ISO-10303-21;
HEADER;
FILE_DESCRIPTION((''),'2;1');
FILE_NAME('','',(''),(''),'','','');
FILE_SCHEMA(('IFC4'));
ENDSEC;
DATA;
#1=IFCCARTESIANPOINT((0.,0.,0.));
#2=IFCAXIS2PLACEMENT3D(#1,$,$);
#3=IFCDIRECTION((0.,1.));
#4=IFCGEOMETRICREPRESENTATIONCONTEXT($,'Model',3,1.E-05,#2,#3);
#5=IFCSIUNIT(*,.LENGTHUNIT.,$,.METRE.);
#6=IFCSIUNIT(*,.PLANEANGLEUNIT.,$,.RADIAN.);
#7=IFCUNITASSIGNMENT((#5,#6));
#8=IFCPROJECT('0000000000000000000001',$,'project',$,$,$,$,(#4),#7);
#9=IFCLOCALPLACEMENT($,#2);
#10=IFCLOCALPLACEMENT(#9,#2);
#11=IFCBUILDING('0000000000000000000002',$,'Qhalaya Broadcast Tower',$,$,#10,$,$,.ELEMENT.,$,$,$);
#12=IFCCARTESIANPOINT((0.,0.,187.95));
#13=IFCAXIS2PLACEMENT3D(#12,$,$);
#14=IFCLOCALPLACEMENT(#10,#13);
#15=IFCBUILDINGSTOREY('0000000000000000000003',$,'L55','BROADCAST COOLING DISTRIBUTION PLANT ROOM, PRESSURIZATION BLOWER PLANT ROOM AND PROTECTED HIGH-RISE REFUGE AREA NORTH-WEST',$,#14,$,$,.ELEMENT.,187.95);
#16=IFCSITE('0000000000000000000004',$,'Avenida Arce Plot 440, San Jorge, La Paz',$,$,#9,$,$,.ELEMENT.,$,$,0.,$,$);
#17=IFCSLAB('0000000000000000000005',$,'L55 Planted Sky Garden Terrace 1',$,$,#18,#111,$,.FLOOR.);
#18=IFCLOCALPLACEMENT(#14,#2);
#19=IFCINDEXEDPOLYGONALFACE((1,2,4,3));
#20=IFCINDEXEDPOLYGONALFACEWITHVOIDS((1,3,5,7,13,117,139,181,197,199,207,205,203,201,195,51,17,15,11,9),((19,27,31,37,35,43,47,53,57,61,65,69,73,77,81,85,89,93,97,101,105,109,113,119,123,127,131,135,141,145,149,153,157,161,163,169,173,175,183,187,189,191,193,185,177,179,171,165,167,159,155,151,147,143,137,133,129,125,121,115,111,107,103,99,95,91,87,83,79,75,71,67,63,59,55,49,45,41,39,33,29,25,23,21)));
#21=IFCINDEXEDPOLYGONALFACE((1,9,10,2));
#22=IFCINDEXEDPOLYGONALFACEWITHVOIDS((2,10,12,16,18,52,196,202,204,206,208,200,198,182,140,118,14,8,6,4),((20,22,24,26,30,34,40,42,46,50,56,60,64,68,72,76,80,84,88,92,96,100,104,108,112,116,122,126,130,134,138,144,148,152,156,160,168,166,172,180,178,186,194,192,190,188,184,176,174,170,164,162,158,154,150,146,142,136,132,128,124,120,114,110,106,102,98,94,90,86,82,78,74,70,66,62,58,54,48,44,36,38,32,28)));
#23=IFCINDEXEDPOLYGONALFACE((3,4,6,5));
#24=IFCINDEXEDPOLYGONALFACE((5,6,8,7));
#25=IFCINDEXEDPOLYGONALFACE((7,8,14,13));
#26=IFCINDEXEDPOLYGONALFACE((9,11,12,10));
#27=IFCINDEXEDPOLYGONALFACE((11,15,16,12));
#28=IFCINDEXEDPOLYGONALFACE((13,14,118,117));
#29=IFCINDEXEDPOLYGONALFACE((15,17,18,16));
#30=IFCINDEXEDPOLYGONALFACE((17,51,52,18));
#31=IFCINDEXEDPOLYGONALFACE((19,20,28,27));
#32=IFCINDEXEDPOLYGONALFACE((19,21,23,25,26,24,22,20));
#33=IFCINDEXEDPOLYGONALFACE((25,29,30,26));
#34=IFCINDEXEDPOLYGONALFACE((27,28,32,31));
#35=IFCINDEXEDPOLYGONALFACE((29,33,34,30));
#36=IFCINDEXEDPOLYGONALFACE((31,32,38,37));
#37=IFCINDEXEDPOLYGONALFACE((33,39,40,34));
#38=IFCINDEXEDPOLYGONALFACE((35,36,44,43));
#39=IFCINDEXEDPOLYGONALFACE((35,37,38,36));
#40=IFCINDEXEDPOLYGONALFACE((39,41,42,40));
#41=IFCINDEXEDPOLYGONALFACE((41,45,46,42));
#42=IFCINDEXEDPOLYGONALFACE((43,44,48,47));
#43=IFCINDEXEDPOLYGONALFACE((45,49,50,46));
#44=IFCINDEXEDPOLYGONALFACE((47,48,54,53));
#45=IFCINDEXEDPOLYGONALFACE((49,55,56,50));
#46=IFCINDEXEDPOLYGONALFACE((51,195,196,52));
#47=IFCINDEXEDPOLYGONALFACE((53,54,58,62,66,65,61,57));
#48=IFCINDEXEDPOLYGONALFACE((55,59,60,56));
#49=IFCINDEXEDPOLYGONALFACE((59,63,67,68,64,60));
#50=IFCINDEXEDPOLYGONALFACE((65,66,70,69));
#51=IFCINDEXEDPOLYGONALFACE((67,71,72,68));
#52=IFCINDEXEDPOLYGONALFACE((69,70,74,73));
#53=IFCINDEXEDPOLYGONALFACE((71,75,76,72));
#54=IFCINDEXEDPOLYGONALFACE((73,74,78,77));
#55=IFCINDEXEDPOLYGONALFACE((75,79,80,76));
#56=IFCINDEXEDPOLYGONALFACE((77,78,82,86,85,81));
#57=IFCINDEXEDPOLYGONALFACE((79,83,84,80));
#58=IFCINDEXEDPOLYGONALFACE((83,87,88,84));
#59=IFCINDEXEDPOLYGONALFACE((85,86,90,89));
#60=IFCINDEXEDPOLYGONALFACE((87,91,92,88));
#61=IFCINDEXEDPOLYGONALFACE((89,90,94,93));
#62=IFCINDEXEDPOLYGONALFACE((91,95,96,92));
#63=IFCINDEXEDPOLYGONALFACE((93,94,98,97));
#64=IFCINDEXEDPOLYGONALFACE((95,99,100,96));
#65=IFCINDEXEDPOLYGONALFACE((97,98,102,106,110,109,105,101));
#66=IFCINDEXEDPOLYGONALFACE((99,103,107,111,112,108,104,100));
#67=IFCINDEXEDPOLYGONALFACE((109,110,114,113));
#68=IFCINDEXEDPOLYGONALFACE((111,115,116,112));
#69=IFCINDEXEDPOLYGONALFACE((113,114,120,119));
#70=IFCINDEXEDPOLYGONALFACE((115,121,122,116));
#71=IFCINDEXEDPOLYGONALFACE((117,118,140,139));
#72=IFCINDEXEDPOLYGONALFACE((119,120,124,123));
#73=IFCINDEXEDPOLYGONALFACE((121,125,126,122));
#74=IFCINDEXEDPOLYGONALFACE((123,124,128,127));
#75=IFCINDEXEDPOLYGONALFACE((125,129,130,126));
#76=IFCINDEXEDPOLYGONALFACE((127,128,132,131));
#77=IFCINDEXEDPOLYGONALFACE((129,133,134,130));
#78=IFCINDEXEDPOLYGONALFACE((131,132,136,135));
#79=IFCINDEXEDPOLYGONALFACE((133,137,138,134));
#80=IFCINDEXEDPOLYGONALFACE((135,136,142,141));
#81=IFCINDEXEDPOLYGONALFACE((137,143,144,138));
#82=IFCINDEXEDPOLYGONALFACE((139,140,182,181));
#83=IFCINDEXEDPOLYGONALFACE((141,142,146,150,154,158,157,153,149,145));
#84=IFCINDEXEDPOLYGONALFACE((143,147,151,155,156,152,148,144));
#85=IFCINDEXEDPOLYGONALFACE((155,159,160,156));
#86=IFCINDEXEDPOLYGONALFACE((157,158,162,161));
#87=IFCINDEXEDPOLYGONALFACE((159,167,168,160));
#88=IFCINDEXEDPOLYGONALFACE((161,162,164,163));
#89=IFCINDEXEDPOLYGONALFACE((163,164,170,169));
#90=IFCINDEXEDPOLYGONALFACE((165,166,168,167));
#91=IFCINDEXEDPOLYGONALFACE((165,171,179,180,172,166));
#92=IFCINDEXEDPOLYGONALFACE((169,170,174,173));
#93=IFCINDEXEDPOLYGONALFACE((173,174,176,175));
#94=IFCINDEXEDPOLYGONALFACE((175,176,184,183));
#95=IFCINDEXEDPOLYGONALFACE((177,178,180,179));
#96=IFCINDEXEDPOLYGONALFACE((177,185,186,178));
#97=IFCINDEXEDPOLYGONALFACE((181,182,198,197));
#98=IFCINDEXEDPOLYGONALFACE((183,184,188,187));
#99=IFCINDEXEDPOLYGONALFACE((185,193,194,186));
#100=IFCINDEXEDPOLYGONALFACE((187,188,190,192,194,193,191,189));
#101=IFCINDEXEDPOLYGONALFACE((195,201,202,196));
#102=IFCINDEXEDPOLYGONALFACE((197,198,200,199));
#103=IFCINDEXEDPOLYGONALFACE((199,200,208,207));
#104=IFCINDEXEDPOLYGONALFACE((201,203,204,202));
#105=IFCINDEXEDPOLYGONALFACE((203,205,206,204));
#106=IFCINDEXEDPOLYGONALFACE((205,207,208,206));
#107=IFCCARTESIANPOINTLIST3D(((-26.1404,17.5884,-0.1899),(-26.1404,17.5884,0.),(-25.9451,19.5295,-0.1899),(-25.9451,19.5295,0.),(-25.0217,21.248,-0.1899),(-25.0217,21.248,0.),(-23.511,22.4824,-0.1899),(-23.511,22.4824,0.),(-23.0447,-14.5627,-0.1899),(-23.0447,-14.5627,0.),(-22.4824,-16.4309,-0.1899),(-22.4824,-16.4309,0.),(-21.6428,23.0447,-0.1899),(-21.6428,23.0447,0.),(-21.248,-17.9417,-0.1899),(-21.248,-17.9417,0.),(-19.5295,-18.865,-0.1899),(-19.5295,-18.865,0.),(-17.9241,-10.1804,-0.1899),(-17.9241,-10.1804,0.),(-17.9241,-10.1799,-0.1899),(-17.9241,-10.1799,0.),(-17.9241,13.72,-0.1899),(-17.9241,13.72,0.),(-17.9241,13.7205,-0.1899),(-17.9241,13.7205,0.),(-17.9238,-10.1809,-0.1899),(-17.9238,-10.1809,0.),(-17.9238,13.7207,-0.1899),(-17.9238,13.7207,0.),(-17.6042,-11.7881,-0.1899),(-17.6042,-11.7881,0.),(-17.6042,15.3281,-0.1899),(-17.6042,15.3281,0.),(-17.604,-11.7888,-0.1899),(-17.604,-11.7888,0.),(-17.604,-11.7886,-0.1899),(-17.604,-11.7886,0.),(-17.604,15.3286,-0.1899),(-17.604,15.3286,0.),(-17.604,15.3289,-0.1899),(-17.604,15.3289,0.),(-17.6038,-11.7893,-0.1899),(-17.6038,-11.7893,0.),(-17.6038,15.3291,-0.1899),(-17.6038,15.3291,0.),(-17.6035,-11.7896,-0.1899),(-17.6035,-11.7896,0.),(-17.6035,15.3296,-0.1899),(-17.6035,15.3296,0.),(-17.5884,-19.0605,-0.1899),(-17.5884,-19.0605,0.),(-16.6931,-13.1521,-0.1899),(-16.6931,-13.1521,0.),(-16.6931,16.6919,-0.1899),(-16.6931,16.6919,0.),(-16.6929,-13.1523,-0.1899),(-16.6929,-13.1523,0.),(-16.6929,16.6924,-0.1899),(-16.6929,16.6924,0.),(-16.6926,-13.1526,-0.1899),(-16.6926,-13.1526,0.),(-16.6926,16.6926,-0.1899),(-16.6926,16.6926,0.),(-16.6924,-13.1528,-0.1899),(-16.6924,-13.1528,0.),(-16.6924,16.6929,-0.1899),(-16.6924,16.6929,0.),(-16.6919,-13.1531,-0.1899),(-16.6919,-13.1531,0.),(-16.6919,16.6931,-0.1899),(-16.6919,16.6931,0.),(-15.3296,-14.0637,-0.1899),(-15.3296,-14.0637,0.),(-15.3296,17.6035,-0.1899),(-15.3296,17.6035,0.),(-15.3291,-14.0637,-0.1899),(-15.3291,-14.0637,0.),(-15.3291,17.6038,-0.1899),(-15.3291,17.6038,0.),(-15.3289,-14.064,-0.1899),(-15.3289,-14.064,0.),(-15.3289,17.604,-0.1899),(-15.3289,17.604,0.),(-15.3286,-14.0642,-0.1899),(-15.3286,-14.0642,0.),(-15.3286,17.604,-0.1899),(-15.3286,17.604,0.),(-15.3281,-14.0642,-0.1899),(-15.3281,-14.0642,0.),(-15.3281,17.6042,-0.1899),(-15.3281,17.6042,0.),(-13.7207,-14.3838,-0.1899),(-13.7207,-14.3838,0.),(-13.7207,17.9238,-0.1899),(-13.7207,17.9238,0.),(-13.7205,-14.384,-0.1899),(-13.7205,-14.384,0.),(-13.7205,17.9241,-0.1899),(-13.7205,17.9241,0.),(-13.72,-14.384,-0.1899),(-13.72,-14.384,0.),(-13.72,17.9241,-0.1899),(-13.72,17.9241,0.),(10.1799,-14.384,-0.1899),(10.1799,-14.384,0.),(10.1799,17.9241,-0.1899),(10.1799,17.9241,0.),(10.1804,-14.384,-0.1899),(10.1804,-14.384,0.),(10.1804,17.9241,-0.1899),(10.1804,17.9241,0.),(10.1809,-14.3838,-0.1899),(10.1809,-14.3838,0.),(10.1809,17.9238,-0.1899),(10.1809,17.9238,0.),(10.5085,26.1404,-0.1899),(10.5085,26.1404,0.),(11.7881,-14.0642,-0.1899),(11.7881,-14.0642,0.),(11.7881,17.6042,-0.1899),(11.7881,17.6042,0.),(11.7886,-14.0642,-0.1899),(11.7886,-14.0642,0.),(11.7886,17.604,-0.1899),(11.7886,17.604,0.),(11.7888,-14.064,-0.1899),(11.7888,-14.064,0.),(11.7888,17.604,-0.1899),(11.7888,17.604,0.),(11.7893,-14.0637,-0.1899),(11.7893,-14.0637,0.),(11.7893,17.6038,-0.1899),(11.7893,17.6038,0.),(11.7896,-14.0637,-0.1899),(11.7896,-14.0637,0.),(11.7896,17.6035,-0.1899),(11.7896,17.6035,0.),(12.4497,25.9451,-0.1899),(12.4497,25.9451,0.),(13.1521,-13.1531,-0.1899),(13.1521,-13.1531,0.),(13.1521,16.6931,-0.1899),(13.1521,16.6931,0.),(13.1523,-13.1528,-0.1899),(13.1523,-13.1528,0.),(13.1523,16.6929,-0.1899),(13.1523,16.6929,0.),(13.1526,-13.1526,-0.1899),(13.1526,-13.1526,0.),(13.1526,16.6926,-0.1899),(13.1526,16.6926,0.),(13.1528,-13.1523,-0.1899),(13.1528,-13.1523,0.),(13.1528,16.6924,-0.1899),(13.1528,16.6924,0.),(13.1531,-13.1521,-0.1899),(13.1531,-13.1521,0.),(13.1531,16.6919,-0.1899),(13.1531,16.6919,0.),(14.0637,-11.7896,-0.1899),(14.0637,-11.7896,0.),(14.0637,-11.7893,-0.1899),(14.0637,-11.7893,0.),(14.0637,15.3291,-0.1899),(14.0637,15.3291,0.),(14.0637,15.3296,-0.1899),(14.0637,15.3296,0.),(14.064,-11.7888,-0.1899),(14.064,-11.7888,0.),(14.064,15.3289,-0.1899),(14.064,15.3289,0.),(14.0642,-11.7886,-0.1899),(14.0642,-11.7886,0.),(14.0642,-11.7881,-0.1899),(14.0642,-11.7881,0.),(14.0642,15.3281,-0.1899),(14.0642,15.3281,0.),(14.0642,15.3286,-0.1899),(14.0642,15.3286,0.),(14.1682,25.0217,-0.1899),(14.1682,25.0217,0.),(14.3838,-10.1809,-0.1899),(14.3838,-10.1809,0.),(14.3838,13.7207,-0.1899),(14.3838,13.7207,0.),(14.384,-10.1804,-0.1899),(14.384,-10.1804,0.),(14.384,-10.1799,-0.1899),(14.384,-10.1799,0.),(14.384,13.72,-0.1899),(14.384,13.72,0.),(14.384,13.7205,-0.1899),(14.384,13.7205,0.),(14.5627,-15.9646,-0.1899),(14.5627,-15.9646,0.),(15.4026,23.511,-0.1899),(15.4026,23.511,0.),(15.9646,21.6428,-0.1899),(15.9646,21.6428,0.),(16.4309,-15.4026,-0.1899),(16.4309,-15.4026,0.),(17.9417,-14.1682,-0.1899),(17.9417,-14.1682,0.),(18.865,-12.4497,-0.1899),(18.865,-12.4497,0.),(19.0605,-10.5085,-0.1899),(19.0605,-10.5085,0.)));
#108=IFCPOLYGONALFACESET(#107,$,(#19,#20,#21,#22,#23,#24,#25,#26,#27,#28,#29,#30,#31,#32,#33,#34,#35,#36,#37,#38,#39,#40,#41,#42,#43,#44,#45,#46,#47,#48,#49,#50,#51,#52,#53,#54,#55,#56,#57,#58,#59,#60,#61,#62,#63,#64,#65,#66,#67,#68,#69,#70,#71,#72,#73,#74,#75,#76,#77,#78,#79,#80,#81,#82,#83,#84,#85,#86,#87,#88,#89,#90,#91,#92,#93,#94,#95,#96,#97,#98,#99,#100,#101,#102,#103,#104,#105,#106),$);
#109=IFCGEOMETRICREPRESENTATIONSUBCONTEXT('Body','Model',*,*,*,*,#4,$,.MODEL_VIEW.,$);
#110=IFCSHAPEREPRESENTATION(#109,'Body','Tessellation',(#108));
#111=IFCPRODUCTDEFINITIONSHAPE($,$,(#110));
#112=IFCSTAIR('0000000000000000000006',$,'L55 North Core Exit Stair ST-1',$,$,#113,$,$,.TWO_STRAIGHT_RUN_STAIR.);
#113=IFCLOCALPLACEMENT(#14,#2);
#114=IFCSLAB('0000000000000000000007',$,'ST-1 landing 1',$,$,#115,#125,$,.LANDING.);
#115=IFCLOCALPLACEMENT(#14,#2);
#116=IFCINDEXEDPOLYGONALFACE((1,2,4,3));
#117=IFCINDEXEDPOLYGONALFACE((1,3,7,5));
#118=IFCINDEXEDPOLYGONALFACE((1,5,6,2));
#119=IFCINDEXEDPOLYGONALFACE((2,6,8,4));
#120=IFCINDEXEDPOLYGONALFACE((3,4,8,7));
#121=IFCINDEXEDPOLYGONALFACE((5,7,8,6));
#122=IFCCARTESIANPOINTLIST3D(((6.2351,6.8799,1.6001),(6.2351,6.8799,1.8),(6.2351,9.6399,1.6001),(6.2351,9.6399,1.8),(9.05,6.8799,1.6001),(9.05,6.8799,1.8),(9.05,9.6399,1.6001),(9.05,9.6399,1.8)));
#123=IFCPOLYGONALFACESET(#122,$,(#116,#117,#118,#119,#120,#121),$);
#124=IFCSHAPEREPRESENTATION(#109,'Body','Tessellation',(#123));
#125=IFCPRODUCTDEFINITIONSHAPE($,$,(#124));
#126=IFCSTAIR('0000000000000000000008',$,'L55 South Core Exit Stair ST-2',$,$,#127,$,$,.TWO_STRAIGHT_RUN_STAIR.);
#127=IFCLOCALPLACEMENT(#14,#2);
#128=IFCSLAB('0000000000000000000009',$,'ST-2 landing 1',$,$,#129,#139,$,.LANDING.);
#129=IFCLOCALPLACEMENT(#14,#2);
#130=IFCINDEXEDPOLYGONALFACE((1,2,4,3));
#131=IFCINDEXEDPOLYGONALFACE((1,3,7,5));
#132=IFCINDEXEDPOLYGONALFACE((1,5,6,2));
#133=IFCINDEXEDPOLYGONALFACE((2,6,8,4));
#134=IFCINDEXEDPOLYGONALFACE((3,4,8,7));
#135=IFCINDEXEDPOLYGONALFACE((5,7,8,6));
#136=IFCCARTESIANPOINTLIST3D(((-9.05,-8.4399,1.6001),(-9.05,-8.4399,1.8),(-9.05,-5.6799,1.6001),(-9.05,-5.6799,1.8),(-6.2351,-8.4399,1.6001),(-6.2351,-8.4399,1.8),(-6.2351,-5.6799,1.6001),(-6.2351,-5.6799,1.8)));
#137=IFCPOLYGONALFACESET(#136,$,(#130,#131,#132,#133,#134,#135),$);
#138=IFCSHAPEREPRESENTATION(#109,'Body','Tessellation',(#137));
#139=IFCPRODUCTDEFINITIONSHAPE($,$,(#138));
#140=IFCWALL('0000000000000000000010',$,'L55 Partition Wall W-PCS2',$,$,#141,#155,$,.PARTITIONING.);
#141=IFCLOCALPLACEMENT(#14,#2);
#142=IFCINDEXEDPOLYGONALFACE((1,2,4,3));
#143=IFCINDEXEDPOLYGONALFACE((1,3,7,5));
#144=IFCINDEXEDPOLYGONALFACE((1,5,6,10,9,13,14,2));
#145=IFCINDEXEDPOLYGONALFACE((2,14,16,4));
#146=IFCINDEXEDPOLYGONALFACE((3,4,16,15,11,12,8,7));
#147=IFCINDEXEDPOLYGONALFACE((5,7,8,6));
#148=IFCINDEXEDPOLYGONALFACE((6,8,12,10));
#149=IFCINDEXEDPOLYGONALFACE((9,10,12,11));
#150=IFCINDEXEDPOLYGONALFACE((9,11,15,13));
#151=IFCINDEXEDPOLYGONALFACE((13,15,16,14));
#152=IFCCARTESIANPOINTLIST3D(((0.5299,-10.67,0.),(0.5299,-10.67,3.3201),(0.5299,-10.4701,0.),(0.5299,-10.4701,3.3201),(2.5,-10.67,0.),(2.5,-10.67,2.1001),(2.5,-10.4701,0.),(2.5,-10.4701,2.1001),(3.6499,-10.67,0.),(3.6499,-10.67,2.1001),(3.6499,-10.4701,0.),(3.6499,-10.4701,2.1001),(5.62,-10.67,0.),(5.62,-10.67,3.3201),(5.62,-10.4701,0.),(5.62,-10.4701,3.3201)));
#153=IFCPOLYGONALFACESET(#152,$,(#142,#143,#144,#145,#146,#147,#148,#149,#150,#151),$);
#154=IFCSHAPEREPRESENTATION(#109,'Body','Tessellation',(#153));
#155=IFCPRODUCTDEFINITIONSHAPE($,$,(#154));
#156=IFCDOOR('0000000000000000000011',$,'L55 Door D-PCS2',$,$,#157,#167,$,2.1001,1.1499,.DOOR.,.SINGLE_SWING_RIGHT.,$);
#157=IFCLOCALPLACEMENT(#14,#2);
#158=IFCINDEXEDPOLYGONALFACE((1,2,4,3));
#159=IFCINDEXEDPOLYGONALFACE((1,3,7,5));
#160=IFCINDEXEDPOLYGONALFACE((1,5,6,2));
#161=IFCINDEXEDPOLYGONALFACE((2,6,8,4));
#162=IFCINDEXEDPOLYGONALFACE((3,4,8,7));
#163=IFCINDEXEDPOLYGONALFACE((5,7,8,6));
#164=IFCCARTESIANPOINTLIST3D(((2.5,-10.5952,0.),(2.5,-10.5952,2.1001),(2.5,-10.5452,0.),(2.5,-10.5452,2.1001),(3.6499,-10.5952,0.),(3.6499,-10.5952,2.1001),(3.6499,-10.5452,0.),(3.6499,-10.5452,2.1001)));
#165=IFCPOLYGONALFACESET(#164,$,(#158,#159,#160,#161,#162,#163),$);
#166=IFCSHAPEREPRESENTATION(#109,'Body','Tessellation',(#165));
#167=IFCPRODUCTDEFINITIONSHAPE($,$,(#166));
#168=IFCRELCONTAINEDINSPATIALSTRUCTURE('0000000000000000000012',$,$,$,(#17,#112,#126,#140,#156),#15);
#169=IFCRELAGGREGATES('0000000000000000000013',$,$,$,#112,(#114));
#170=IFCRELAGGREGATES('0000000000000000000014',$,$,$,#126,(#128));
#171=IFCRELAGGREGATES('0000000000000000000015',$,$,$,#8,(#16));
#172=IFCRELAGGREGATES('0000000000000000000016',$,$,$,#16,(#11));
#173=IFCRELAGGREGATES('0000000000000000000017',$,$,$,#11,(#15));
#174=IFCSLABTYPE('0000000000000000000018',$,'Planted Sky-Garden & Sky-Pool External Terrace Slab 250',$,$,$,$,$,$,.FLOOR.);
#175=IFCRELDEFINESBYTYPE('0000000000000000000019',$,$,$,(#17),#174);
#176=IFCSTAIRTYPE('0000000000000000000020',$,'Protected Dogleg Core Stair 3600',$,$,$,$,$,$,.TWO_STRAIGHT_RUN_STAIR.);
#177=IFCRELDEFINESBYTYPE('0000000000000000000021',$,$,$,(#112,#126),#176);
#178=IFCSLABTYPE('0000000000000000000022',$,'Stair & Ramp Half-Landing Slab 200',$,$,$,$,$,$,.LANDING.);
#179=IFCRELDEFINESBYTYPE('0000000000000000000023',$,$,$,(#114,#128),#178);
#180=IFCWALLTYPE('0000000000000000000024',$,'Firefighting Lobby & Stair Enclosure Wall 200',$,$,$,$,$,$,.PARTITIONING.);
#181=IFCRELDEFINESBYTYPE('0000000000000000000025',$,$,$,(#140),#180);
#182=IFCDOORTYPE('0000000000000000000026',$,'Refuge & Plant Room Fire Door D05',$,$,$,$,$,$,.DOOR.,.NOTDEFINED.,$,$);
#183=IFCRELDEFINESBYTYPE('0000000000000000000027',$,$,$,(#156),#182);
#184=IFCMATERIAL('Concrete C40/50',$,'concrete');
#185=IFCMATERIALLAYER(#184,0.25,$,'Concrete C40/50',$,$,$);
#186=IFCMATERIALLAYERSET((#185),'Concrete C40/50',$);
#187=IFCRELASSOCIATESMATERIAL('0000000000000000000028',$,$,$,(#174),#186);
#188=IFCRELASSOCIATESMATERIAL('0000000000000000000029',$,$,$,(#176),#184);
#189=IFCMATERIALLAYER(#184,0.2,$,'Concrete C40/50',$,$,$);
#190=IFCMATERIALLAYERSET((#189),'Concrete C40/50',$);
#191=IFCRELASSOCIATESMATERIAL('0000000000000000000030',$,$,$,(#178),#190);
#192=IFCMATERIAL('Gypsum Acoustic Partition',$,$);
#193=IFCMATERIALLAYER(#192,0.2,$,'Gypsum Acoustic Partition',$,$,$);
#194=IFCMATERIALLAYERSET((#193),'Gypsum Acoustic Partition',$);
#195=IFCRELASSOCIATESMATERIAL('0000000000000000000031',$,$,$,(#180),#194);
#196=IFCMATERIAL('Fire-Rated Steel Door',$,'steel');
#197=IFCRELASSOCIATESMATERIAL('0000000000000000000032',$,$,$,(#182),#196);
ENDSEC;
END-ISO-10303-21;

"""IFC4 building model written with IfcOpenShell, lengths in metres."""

from ifc_helpers import new_model, si_unit, direction, frame, frame_2d, origin, place, context, subcontext, project, spatial, polyline, rectangle, outline, extrude, material, layer, layer_set, type_object, element, fill, aggregate, save


model = new_model("IFC4")

# Units and contexts
model_context = context("Model", 3, precision=1e-05, world=origin(), true_north=direction((0.0, 1.0)))
body_context = subcontext(model_context, "Body", "Model", "MODEL_VIEW")
ifc_project = project(units=[si_unit("LENGTHUNIT", "METRE"), si_unit("PLANEANGLEUNIT", "RADIAN")], contexts=[model_context])

# Site, building, storey
site_placement = place(None, origin())
site = spatial("IfcSite", under=ifc_project, at=site_placement, Name="Avenida Arce Plot 440, San Jorge, La Paz", CompositionType="ELEMENT", RefElevation=0.0)
building_placement = place(site_placement, origin())
building = spatial("IfcBuilding", under=site, at=building_placement, Name="Qhalaya Broadcast Tower", CompositionType="ELEMENT")
storey_placement = place(building_placement, frame((0.0, 0.0, 187.95)))
storey = spatial("IfcBuildingStorey", under=building, at=storey_placement, Name="L55", Description="BROADCAST COOLING DISTRIBUTION PLANT ROOM, PRESSURIZATION BLOWER PLANT ROOM AND PROTECTED HIGH-RISE REFUGE AREA NORTH-WEST", CompositionType="ELEMENT", Elevation=187.95)

# Slab
ifc_material_1 = material(Name="Concrete C40/50", Category="concrete")
ifc_layer_1 = layer(ifc_material_1, 0.25, Name="Concrete C40/50")
ifc_layer_set_1 = layer_set([ifc_layer_1], Name="Concrete C40/50")
slab_type_1 = type_object("IfcSlabType", Name="Planted Sky-Garden & Sky-Pool External Terrace Slab 250", PredefinedType="FLOOR", material=ifc_layer_set_1)
slab_1_placement = place(storey_placement, frame((0.0, 0.0, -0.1899)))
element("IfcSlab", 1, at=slab_1_placement, inside=storey, type_object=slab_type_1, Name="L55 Planted Sky Garden Terrace 1", PredefinedType="FLOOR", context=body_context, shape_type="SweptSolid", body=[
    extrude(outline(polyline([(14.5627, -15.9646), (16.4309, -15.4026), (17.9417, -14.1682), (18.865, -12.4497), (19.0605, -10.5085), (15.9646, 21.6428), (15.4026, 23.511), (14.1682, 25.0217), (12.4497, 25.9451), (10.5085, 26.1404), (-21.6428, 23.0447), (-23.511, 22.4824), (-25.0217, 21.248), (-25.9451, 19.5295), (-26.1404, 17.5884), (-23.0447, -14.5627), (-22.4824, -16.4309), (-21.248, -17.9417), (-19.5295, -18.865), (-17.5884, -19.0605), (14.5627, -15.9646)]), holes=[polyline([(10.1799, -14.384), (-13.72, -14.384), (-13.7205, -14.384), (-13.7207, -14.3838), (-15.3281, -14.0642), (-15.3286, -14.0642), (-15.3289, -14.064), (-15.3291, -14.0637), (-15.3296, -14.0637), (-16.6919, -13.1531), (-16.6924, -13.1528), (-16.6926, -13.1526), (-16.6929, -13.1523), (-16.6931, -13.1521), (-17.6035, -11.7896), (-17.6038, -11.7893), (-17.604, -11.7888), (-17.604, -11.7886), (-17.6042, -11.7881), (-17.9238, -10.1809), (-17.9241, -10.1804), (-17.9241, -10.1799), (-17.9241, 13.72), (-17.9241, 13.7205), (-17.9238, 13.7207), (-17.6042, 15.3281), (-17.604, 15.3286), (-17.604, 15.3289), (-17.6038, 15.3291), (-17.6035, 15.3296), (-16.6931, 16.6919), (-16.6929, 16.6924), (-16.6926, 16.6926), (-16.6924, 16.6929), (-16.6919, 16.6931), (-15.3296, 17.6035), (-15.3291, 17.6038), (-15.3289, 17.604), (-15.3286, 17.604), (-15.3281, 17.6042), (-13.7207, 17.9238), (-13.7205, 17.9241), (-13.72, 17.9241), (10.1799, 17.9241), (10.1804, 17.9241), (10.1809, 17.9238), (11.7881, 17.6042), (11.7886, 17.604), (11.7888, 17.604), (11.7893, 17.6038), (11.7896, 17.6035), (13.1521, 16.6931), (13.1523, 16.6929), (13.1526, 16.6926), (13.1528, 16.6924), (13.1531, 16.6919), (14.0637, 15.3296), (14.0637, 15.3291), (14.064, 15.3289), (14.0642, 15.3286), (14.0642, 15.3281), (14.3838, 13.7207), (14.384, 13.7205), (14.384, 13.72), (14.384, -10.1799), (14.384, -10.1804), (14.3838, -10.1809), (14.0642, -11.7881), (14.0642, -11.7886), (14.064, -11.7888), (14.0637, -11.7893), (14.0637, -11.7896), (13.1531, -13.1521), (13.1528, -13.1523), (13.1526, -13.1526), (13.1523, -13.1528), (13.1521, -13.1531), (11.7896, -14.0637), (11.7893, -14.0637), (11.7888, -14.064), (11.7886, -14.0642), (11.7881, -14.0642), (10.1809, -14.3838), (10.1804, -14.384), (10.1799, -14.384)])]), origin(), (0.0, 0.0, 1.0), 0.1899),
])

# Stairs, slabs
stair_type = type_object("IfcStairType", Name="Protected Dogleg Core Stair 3600", PredefinedType="TWO_STRAIGHT_RUN_STAIR", material=ifc_material_1)
stair_1_placement = place(storey_placement, origin())
stair_1 = element("IfcStair", 2, at=stair_1_placement, inside=storey, type_object=stair_type, Name="L55 North Core Exit Stair ST-1", PredefinedType="TWO_STRAIGHT_RUN_STAIR")
ifc_layer_2 = layer(ifc_material_1, 0.2, Name="Concrete C40/50")
ifc_layer_set_2 = layer_set([ifc_layer_2], Name="Concrete C40/50")
slab_type_2 = type_object("IfcSlabType", Name="Stair & Ramp Half-Landing Slab 200", PredefinedType="LANDING", material=ifc_layer_set_2)
slab_2_placement = place(storey_placement, frame((0.0, 0.0, 1.6001)))
slab_2 = element("IfcSlab", 3, at=slab_2_placement, type_object=slab_type_2, Name="ST-1 landing 1", PredefinedType="LANDING", context=body_context, shape_type="SweptSolid", body=[
    extrude(outline(polyline([(6.2351, 6.8799), (9.05, 6.8799), (9.05, 9.6399), (6.2351, 9.6399), (6.2351, 6.8799)])), origin(), (0.0, 0.0, 1.0), 0.2),
])
aggregate(stair_1, [slab_2])
stair_2_placement = place(storey_placement, origin())
stair_2 = element("IfcStair", 4, at=stair_2_placement, inside=storey, type_object=stair_type, Name="L55 South Core Exit Stair ST-2", PredefinedType="TWO_STRAIGHT_RUN_STAIR")
slab_3_placement = place(storey_placement, frame((0.0, 0.0, 1.6001)))
slab_3 = element("IfcSlab", 5, at=slab_3_placement, type_object=slab_type_2, Name="ST-2 landing 1", PredefinedType="LANDING", context=body_context, shape_type="SweptSolid", body=[
    extrude(outline(polyline([(-6.2351, -5.6799), (-9.05, -5.6799), (-9.05, -8.4399), (-6.2351, -8.4399), (-6.2351, -5.6799)])), origin(), (0.0, 0.0, 1.0), 0.2),
])
aggregate(stair_2, [slab_3])

# Wall, opening, door
ifc_material_2 = material(Name="Gypsum Acoustic Partition")
ifc_layer_3 = layer(ifc_material_2, 0.2, Name="Gypsum Acoustic Partition")
ifc_layer_set_3 = layer_set([ifc_layer_3], Name="Gypsum Acoustic Partition")
wall_type_1 = type_object("IfcWallType", Name="Firefighting Lobby & Stair Enclosure Wall 200", PredefinedType="PARTITIONING", material=ifc_layer_set_3)
wall_1_placement = place(storey_placement, frame((0.53, -10.5701, 0.0), z_axis=(0.0, 0.0, 1.0), x_axis=(1.0, 0.0, 0.0)))
wall_1 = element("IfcWall", 6, at=wall_1_placement, inside=storey, type_object=wall_type_1, Name="L55 Partition Wall W-PCS2", PredefinedType="PARTITIONING", context=body_context, shape_type="SweptSolid", body=[
    extrude(rectangle(XDim=5.0901, YDim=0.2, at=frame_2d((2.5449, 0.0))), origin(), (0.0, 0.0, 1.0), 3.3201),
])
opening_1_placement = place(wall_1_placement, frame((1.97, 0.0, 0.0)))
opening_1 = element("IfcOpeningElement", 7, at=opening_1_placement, cuts=wall_1, PredefinedType="OPENING", context=body_context, shape_type="SweptSolid", body=[
    extrude(rectangle(XDim=1.1499, YDim=2.1001, at=frame_2d((0.575, 1.05))), frame((0.0, 0.1121, 0.0), z_axis=(0.0, -1.0, 0.0), x_axis=(1.0, 0.0, 0.0)), (0.0, 0.0, 1.0), 0.2239),
])
ifc_material_3 = material(Name="Fire-Rated Steel Door", Category="steel")
door_type_1 = type_object("IfcDoorType", Name="Refuge & Plant Room Fire Door D05", OperationType="NOTDEFINED", PredefinedType="DOOR", material=ifc_material_3)
door_1_placement = place(opening_1_placement, origin())
door_1 = element("IfcDoor", 8, at=door_1_placement, inside=storey, type_object=door_type_1, Name="L55 Door D-PCS2", OperationType="SINGLE_SWING_RIGHT", OverallHeight=2.1001, OverallWidth=1.1499, PredefinedType="DOOR", context=body_context, shape_type="SweptSolid", body=[
    extrude(rectangle(XDim=1.1499, YDim=2.1001, at=frame_2d((0.575, 1.05))), frame((0.0, 0.0249, 0.0), z_axis=(0.0, -1.0, 0.0), x_axis=(1.0, 0.0, 0.0)), (0.0, 0.0, 1.0), 0.05),
])
fill(opening_1, door_1)

save(model, "model.ifc")
